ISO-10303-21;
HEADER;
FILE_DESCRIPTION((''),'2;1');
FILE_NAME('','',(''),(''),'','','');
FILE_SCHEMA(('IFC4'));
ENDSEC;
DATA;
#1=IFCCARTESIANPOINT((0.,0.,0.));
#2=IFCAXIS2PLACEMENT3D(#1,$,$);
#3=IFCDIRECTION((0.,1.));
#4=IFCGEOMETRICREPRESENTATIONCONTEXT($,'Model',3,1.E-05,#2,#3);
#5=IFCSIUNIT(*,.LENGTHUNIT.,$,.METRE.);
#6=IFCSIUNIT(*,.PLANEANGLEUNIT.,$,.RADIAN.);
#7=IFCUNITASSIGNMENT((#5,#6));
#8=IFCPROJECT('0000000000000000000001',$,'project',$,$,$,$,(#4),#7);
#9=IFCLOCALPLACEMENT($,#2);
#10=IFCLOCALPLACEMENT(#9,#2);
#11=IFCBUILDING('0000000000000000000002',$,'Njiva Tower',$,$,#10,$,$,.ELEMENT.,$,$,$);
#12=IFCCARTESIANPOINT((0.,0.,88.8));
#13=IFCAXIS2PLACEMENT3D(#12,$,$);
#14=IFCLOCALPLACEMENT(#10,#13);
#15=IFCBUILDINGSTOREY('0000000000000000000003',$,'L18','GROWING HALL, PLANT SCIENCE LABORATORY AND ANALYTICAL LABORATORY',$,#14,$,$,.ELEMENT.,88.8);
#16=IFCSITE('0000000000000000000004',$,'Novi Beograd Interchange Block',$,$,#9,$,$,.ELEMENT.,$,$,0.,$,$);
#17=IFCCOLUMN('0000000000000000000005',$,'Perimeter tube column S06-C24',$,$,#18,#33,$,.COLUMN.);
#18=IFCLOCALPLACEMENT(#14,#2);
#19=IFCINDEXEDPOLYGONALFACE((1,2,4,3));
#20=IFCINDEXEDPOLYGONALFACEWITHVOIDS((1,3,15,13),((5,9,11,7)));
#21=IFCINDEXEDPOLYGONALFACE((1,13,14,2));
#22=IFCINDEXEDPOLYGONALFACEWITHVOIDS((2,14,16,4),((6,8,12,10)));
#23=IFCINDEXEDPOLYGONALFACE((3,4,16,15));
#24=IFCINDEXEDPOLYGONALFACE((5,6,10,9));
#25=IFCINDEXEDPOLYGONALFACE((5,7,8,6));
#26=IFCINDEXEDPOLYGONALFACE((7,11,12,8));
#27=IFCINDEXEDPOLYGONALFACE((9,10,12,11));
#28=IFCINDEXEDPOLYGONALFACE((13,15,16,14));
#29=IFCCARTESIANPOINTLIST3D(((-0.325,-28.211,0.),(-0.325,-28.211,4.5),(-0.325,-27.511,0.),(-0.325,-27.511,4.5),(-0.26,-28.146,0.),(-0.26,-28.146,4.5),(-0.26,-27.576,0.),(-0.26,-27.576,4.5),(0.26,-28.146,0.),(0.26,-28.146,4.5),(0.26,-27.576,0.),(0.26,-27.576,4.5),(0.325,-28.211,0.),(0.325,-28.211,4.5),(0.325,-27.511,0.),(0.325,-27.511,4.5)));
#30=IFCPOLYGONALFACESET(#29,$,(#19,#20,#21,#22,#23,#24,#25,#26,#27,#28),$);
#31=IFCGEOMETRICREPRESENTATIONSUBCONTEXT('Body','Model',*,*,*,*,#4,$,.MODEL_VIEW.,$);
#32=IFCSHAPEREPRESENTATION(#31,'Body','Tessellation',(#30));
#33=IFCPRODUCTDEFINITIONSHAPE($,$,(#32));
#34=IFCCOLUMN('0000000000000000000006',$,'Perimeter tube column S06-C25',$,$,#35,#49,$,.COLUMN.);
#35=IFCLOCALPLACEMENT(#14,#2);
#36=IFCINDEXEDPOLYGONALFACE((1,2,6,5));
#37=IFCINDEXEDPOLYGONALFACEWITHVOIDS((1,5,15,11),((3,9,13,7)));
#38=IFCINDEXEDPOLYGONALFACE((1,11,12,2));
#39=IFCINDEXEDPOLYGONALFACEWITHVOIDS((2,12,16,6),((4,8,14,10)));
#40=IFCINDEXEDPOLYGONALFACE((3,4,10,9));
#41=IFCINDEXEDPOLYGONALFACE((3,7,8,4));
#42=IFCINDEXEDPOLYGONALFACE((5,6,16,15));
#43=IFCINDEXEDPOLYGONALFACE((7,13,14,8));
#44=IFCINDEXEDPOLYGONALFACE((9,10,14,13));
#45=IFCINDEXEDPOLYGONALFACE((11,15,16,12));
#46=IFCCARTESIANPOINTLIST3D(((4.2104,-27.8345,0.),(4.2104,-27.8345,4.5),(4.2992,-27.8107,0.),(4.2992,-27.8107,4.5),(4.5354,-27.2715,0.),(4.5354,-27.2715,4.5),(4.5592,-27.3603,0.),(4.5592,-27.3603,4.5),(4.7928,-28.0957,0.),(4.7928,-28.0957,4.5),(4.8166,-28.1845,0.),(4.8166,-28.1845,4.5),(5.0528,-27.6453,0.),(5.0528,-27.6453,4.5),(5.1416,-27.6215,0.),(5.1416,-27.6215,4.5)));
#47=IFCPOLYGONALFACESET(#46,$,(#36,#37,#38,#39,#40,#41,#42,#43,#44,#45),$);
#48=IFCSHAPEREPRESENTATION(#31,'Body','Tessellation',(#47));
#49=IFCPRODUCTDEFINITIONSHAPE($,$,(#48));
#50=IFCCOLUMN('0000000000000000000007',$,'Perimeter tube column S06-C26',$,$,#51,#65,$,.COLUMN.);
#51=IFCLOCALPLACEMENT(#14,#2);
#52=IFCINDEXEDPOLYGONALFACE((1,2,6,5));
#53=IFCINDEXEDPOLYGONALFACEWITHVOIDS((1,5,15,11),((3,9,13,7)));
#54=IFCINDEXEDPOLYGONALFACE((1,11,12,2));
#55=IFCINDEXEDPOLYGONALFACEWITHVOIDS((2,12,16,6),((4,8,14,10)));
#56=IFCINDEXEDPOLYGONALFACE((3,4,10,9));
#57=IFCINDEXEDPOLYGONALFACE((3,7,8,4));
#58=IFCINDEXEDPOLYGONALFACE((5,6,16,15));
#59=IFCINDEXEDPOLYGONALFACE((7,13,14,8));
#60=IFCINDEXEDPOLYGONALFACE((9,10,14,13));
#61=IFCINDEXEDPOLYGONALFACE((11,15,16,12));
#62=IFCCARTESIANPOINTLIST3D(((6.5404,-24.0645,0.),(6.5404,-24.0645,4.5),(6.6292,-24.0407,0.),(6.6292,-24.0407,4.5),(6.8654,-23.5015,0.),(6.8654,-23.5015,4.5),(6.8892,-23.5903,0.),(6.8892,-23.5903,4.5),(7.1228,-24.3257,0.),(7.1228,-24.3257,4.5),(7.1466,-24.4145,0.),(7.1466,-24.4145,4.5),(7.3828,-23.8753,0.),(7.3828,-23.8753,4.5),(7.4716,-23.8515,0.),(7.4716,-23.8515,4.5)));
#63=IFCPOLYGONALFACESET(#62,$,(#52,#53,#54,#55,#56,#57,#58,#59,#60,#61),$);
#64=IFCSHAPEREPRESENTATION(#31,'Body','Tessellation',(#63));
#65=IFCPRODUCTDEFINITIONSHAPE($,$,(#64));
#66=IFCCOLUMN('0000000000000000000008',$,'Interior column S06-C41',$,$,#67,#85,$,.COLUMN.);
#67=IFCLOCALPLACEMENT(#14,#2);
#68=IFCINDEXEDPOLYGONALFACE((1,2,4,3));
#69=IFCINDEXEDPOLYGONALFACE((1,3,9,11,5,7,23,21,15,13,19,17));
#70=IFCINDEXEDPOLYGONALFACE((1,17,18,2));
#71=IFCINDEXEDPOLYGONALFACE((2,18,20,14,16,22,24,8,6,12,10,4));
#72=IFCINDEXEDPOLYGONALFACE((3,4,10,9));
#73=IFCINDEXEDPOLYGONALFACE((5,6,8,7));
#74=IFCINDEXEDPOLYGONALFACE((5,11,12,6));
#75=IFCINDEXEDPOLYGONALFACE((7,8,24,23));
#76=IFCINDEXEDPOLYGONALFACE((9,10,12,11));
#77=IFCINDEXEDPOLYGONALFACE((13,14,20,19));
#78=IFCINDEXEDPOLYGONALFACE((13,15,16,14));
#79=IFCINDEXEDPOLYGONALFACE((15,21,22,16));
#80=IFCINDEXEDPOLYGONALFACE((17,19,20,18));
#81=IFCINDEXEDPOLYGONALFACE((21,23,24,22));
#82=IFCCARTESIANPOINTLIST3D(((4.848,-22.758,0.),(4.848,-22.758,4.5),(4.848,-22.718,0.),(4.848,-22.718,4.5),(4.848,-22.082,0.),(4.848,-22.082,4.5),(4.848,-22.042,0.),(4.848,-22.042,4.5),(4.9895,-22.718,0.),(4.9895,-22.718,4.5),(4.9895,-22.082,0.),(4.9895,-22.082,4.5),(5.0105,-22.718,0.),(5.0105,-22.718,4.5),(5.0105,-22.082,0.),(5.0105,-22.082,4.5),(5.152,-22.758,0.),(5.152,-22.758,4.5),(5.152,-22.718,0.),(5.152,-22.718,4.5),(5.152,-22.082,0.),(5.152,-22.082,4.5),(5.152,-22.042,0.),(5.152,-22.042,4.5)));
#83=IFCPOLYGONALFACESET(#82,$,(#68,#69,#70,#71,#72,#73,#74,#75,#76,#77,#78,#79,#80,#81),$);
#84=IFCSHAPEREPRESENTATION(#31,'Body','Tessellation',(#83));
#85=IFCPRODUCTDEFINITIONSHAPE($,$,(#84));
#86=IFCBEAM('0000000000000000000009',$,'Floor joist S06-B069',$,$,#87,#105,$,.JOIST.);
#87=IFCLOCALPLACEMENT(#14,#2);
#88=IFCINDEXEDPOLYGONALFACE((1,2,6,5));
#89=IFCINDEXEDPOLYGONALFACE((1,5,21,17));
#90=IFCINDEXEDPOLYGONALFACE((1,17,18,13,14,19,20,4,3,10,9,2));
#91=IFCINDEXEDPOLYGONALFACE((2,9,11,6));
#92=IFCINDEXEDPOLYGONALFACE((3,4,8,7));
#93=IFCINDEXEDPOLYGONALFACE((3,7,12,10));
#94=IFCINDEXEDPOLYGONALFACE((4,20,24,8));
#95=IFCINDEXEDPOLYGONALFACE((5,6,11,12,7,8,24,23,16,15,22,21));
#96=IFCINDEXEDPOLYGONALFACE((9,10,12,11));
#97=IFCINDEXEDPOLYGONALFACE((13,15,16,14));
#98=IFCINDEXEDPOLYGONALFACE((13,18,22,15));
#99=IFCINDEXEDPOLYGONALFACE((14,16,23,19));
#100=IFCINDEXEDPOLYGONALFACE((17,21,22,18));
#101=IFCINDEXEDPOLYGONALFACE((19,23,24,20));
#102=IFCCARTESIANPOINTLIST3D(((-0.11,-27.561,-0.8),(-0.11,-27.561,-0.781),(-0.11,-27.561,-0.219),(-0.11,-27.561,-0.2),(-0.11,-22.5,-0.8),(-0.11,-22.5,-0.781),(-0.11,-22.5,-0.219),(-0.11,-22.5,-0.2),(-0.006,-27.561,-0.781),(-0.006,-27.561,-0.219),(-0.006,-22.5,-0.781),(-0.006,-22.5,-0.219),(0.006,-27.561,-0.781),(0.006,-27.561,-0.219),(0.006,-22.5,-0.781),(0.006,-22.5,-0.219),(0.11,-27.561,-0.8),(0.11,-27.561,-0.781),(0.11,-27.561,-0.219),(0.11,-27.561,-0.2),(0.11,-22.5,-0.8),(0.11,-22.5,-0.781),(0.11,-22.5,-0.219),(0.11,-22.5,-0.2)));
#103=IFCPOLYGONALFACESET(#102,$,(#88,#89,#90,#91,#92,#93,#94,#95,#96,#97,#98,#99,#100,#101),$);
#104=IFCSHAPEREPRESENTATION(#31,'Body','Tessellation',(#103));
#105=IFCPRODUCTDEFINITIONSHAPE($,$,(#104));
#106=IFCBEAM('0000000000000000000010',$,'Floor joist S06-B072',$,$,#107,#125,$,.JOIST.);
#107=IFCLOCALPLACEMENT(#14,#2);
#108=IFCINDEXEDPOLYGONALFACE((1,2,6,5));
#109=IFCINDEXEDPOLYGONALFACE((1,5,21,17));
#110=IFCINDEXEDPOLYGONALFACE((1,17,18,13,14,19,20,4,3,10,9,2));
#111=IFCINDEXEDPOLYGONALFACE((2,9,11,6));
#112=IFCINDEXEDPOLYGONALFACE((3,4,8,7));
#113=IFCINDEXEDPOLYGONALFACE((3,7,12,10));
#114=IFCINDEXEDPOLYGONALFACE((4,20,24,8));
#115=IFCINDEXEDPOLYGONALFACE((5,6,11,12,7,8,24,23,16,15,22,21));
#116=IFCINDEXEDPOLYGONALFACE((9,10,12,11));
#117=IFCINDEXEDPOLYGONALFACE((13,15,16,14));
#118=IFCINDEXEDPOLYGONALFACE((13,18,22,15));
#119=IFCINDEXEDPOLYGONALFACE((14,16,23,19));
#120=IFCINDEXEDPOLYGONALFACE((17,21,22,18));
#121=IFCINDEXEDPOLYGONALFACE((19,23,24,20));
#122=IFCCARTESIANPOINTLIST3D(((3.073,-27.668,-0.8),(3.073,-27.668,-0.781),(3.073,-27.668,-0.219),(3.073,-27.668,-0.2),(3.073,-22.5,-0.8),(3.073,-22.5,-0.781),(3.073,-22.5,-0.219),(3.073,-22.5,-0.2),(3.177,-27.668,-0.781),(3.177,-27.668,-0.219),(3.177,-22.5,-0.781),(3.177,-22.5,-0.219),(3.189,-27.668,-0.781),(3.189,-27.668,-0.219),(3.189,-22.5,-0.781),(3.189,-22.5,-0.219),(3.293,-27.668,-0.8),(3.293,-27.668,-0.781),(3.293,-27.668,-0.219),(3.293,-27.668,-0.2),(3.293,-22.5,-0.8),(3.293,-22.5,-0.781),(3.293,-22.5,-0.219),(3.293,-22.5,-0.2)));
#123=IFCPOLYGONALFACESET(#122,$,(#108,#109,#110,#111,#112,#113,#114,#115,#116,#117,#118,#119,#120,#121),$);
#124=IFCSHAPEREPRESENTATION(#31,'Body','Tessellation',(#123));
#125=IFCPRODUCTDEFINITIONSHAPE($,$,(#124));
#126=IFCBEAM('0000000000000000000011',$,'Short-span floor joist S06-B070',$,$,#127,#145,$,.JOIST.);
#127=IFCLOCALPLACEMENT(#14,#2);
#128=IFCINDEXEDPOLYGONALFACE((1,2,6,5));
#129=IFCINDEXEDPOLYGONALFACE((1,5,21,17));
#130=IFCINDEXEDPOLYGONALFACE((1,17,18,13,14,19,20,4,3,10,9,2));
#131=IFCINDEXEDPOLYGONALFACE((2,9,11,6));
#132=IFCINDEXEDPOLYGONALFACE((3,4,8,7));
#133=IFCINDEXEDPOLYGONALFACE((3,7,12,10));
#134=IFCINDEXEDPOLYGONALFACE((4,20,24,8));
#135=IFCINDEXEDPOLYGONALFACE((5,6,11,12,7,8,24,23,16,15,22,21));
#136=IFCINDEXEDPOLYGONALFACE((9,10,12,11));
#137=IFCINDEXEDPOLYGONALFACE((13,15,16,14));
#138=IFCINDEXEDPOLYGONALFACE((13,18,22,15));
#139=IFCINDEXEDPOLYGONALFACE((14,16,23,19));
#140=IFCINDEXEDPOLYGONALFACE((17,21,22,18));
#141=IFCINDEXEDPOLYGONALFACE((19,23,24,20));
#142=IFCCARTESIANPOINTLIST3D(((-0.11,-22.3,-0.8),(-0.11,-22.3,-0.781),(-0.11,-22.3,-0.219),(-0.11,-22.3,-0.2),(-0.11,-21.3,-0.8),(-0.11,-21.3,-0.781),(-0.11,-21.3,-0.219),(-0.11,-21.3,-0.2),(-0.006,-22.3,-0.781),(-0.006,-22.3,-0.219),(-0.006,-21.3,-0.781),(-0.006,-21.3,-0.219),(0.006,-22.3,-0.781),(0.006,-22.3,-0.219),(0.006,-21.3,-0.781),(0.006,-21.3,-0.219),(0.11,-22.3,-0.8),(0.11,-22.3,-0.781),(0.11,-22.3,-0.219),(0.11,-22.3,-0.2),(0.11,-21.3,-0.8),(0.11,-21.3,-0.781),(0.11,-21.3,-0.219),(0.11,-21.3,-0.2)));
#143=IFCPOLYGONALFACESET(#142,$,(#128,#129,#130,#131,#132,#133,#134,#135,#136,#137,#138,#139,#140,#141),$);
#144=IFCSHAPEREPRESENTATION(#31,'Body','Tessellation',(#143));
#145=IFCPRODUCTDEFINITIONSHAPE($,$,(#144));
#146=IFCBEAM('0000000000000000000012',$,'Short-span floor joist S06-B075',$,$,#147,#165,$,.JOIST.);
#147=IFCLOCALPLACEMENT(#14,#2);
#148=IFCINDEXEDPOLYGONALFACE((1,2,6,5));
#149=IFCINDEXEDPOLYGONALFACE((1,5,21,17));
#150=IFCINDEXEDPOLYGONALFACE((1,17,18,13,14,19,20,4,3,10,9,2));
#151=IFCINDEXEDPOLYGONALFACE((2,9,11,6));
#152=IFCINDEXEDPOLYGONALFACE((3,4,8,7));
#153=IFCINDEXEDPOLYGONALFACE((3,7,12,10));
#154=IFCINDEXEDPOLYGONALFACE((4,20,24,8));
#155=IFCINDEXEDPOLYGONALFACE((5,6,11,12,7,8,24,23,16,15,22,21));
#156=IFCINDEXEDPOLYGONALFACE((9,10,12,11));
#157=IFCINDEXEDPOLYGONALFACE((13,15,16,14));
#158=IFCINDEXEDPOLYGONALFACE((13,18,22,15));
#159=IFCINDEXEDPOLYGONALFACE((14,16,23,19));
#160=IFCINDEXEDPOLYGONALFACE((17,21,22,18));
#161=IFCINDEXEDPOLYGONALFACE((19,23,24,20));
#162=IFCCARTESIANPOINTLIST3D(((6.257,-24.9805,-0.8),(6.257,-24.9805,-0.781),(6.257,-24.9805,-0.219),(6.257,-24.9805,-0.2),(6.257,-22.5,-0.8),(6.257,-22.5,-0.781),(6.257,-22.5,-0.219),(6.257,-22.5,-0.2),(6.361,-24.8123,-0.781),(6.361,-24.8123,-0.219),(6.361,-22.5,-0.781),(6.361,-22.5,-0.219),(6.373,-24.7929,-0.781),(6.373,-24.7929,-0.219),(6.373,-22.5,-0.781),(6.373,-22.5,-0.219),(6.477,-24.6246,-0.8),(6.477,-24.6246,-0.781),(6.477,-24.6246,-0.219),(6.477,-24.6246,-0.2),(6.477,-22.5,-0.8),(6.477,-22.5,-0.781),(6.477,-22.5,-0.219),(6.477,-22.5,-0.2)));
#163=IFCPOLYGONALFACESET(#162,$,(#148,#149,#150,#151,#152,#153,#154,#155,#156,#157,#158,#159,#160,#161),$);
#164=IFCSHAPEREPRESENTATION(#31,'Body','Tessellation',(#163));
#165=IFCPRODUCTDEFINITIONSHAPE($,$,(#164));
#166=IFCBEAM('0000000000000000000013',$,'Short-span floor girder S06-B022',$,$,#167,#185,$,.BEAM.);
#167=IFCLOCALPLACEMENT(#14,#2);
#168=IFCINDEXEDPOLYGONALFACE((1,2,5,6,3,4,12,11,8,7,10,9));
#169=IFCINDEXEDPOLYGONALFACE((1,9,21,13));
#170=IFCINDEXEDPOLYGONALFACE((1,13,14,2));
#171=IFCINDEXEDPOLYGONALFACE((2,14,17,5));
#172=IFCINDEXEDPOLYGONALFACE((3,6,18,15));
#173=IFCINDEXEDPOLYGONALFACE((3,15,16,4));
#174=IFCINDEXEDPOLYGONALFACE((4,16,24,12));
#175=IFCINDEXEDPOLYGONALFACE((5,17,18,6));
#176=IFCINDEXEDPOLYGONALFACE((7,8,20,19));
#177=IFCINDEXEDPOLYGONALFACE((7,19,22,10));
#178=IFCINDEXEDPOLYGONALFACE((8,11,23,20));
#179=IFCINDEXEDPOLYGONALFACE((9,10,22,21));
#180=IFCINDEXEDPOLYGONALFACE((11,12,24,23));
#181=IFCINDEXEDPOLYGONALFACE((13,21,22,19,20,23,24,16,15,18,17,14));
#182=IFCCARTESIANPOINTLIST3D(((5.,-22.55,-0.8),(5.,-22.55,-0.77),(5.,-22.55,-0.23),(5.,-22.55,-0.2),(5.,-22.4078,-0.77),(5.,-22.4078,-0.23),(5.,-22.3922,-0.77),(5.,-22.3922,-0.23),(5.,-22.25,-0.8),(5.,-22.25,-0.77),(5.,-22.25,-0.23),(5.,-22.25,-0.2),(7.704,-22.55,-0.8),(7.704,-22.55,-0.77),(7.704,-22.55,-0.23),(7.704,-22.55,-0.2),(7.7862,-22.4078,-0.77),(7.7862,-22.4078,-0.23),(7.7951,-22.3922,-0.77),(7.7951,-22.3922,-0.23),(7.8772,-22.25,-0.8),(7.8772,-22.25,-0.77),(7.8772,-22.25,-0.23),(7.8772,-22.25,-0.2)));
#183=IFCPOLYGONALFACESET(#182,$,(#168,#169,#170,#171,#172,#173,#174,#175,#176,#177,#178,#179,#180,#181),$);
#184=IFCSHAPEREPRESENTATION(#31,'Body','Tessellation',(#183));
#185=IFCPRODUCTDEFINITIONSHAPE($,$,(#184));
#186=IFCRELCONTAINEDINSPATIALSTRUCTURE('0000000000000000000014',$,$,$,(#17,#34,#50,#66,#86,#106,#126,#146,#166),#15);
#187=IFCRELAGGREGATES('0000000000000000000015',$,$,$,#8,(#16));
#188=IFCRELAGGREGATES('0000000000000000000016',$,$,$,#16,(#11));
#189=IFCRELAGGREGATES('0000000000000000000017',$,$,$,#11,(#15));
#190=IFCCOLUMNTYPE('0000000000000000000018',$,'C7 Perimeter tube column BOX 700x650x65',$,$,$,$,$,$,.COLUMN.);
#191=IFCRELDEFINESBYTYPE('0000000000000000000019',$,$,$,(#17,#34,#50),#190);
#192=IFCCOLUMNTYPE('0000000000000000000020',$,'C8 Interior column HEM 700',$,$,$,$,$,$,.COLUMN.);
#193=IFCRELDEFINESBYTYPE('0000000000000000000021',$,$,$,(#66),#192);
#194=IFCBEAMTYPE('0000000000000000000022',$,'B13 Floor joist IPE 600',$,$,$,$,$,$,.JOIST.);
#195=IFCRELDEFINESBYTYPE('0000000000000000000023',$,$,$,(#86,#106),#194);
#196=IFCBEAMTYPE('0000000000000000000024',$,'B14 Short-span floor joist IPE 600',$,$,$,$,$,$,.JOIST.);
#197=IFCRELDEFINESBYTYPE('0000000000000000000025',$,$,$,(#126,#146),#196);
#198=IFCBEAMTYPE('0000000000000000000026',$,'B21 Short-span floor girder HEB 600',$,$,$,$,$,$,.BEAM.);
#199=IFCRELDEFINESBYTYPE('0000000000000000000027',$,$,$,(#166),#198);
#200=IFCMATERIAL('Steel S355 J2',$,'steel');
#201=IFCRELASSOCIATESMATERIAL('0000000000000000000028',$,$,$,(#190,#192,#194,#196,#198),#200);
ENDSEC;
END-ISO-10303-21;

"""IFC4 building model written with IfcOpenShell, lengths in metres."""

from ifc_helpers import new_model, si_unit, direction, frame, origin, origin_2d, place, context, subcontext, project, spatial, hollow_rectangle, i_section, extrude, clip, halfspace, material, material_profile, profile_set, type_object, element, save


model = new_model("IFC4")

# Units and contexts
model_context = context("Model", 3, precision=1e-05, world=origin(), true_north=direction((0.0, 1.0)))
body_context = subcontext(model_context, "Body", "Model", "MODEL_VIEW")
ifc_project = project(units=[si_unit("LENGTHUNIT", "METRE"), si_unit("PLANEANGLEUNIT", "RADIAN")], contexts=[model_context])

# Site, building, storey
site_placement = place(None, origin())
site = spatial("IfcSite", under=ifc_project, at=site_placement, Name="Novi Beograd Interchange Block", CompositionType="ELEMENT", RefElevation=0.0)
building_placement = place(site_placement, origin())
building = spatial("IfcBuilding", under=site, at=building_placement, Name="Njiva Tower", CompositionType="ELEMENT")
storey_placement = place(building_placement, frame((0.0, 0.0, 88.8)))
storey = spatial("IfcBuildingStorey", under=building, at=storey_placement, Name="L18", Description="GROWING HALL, PLANT SCIENCE LABORATORY AND ANALYTICAL LABORATORY", CompositionType="ELEMENT", Elevation=88.8)

# Columns
ifc_material_1 = material(Name="Steel S355 J2", Category="steel")
ifc_material_profile_1 = material_profile(ifc_material_1, hollow_rectangle(XDim=0.65, YDim=0.7, WallThickness=0.065, at=origin_2d()), Name="BOX 700x650x65")
ifc_profile_set_1 = profile_set([ifc_material_profile_1], Name="Steel S355 J2")
column_type_1 = type_object("IfcColumnType", Name="C7 Perimeter tube column BOX 700x650x65", PredefinedType="COLUMN", material=ifc_profile_set_1)
for number, where, z_axis, x_axis, name in (
    (1, (0.0, -27.861, 0.0), (0.0, 0.0, 1.0), (1.0, 0.0, 0.0), "Perimeter tube column S06-C24"),
    (2, (4.676, -27.728, 0.0), (0.0, 0.0, 1.0), (0.5, 0.866025, 0.0), "Perimeter tube column S06-C25"),
    (3, (7.006, -23.958, 0.0), (0.0, 0.0, 1.0), (0.5, 0.866025, 0.0), "Perimeter tube column S06-C26"),
):
    element("IfcColumn", number, at=place(storey_placement, frame(where, z_axis=z_axis, x_axis=x_axis)), inside=storey, type_object=column_type_1, Name=name, PredefinedType="COLUMN", context=body_context, shape_type="SweptSolid", body=[
        extrude(hollow_rectangle(XDim=0.65, YDim=0.7, WallThickness=0.065, at=origin_2d()), origin(), (0.0, 0.0, 1.0), 4.5),
    ])
ifc_material_profile_2 = material_profile(ifc_material_1, i_section(OverallWidth=0.304, OverallDepth=0.716, WebThickness=0.021, FlangeThickness=0.04, at=origin_2d()), Name="HEM 700")
ifc_profile_set_2 = profile_set([ifc_material_profile_2], Name="Steel S355 J2")
column_type_2 = type_object("IfcColumnType", Name="C8 Interior column HEM 700", PredefinedType="COLUMN", material=ifc_profile_set_2)
column_placement = place(storey_placement, frame((5.0, -22.4, 0.0), z_axis=(0.0, 0.0, 1.0), x_axis=(1.0, 0.0, 0.0)))
element("IfcColumn", 4, at=column_placement, inside=storey, type_object=column_type_2, Name="Interior column S06-C41", PredefinedType="COLUMN", context=body_context, shape_type="SweptSolid", body=[
    extrude(i_section(OverallWidth=0.304, OverallDepth=0.716, WebThickness=0.021, FlangeThickness=0.04, at=origin_2d()), origin(), (0.0, 0.0, 1.0), 4.5),
])

# Beams
ifc_material_profile_3 = material_profile(ifc_material_1, i_section(OverallWidth=0.22, OverallDepth=0.6, WebThickness=0.012, FlangeThickness=0.019, at=origin_2d()), Name="IPE 600")
ifc_profile_set_3 = profile_set([ifc_material_profile_3], Name="Steel S355 J2")
beam_type_1 = type_object("IfcBeamType", Name="B13 Floor joist IPE 600", PredefinedType="JOIST", material=ifc_profile_set_3)
beam_1_placement = place(storey_placement, frame((0.0, -22.5, -0.5), z_axis=(0.0, -1.0, 0.0), x_axis=(1.0, 0.0, 0.0)))
element("IfcBeam", 5, at=beam_1_placement, inside=storey, type_object=beam_type_1, Name="Floor joist S06-B069", PredefinedType="JOIST", context=body_context, shape_type="SweptSolid", body=[
    extrude(i_section(OverallWidth=0.22, OverallDepth=0.6, WebThickness=0.012, FlangeThickness=0.019, at=origin_2d()), origin(), (0.0, 0.0, 1.0), 5.061),
])
beam_2_placement = place(storey_placement, frame((3.183, -22.5, -0.5), z_axis=(0.0, -1.0, 0.0), x_axis=(1.0, 0.0, 0.0)))
element("IfcBeam", 6, at=beam_2_placement, inside=storey, type_object=beam_type_1, Name="Floor joist S06-B072", PredefinedType="JOIST", context=body_context, shape_type="SweptSolid", body=[
    extrude(i_section(OverallWidth=0.22, OverallDepth=0.6, WebThickness=0.012, FlangeThickness=0.019, at=origin_2d()), origin(), (0.0, 0.0, 1.0), 5.168),
])
ifc_material_profile_4 = material_profile(ifc_material_1, i_section(OverallWidth=0.22, OverallDepth=0.6, WebThickness=0.012, FlangeThickness=0.019, at=origin_2d()), Name="IPE 600")
ifc_profile_set_4 = profile_set([ifc_material_profile_4], Name="Steel S355 J2")
beam_type_2 = type_object("IfcBeamType", Name="B14 Short-span floor joist IPE 600", PredefinedType="JOIST", material=ifc_profile_set_4)
beam_3_placement = place(storey_placement, frame((0.0, -21.3, -0.5), z_axis=(0.0, -1.0, 0.0), x_axis=(1.0, 0.0, 0.0)))
element("IfcBeam", 7, at=beam_3_placement, inside=storey, type_object=beam_type_2, Name="Short-span floor joist S06-B070", PredefinedType="JOIST", context=body_context, shape_type="SweptSolid", body=[
    extrude(i_section(OverallWidth=0.22, OverallDepth=0.6, WebThickness=0.012, FlangeThickness=0.019, at=origin_2d()), origin(), (0.0, 0.0, 1.0), 1.0),
])
beam_4_placement = place(storey_placement, frame((6.367, -22.5, -0.5), z_axis=(0.0, -1.0, 0.0), x_axis=(1.0, 0.0, 0.0)))
element("IfcBeam", 8, at=beam_4_placement, inside=storey, type_object=beam_type_2, Name="Short-span floor joist S06-B075", PredefinedType="JOIST", context=body_context, shape_type="Clipping", body=[
    clip(extrude(i_section(OverallWidth=0.22, OverallDepth=0.6, WebThickness=0.012, FlangeThickness=0.019, at=origin_2d()), origin(), (0.0, 0.0, 1.0), 2.501), halfspace(frame((0.0422, 0.0, 2.2343), z_axis=(0.850616, 0.0, 0.525788), x_axis=(0.0, 1.0, 0.0)), False)),
])
ifc_material_profile_5 = material_profile(ifc_material_1, i_section(OverallWidth=0.3, OverallDepth=0.6, WebThickness=0.0155, FlangeThickness=0.03, at=origin_2d()), Name="HEB 600")
ifc_profile_set_5 = profile_set([ifc_material_profile_5], Name="Steel S355 J2")
beam_type_3 = type_object("IfcBeamType", Name="B21 Short-span floor girder HEB 600", PredefinedType="BEAM", material=ifc_profile_set_5)
beam_5_placement = place(storey_placement, frame((5.0, -22.4, -0.5), z_axis=(1.0, 0.0, 0.0), x_axis=(0.0, 1.0, 0.0)))
element("IfcBeam", 9, at=beam_5_placement, inside=storey, type_object=beam_type_3, Name="Short-span floor girder S06-B022", PredefinedType="BEAM", context=body_context, shape_type="Clipping", body=[
    clip(extrude(i_section(OverallWidth=0.3, OverallDepth=0.6, WebThickness=0.0155, FlangeThickness=0.03, at=origin_2d()), origin(), (0.0, 0.0, 1.0), 2.898), halfspace(frame((-0.025, 0.0, 2.7762), z_axis=(-0.499998, 0.0, 0.866027), x_axis=(0.0, 1.0, 0.0)), False)),
])

save(model, "model.ifc")
